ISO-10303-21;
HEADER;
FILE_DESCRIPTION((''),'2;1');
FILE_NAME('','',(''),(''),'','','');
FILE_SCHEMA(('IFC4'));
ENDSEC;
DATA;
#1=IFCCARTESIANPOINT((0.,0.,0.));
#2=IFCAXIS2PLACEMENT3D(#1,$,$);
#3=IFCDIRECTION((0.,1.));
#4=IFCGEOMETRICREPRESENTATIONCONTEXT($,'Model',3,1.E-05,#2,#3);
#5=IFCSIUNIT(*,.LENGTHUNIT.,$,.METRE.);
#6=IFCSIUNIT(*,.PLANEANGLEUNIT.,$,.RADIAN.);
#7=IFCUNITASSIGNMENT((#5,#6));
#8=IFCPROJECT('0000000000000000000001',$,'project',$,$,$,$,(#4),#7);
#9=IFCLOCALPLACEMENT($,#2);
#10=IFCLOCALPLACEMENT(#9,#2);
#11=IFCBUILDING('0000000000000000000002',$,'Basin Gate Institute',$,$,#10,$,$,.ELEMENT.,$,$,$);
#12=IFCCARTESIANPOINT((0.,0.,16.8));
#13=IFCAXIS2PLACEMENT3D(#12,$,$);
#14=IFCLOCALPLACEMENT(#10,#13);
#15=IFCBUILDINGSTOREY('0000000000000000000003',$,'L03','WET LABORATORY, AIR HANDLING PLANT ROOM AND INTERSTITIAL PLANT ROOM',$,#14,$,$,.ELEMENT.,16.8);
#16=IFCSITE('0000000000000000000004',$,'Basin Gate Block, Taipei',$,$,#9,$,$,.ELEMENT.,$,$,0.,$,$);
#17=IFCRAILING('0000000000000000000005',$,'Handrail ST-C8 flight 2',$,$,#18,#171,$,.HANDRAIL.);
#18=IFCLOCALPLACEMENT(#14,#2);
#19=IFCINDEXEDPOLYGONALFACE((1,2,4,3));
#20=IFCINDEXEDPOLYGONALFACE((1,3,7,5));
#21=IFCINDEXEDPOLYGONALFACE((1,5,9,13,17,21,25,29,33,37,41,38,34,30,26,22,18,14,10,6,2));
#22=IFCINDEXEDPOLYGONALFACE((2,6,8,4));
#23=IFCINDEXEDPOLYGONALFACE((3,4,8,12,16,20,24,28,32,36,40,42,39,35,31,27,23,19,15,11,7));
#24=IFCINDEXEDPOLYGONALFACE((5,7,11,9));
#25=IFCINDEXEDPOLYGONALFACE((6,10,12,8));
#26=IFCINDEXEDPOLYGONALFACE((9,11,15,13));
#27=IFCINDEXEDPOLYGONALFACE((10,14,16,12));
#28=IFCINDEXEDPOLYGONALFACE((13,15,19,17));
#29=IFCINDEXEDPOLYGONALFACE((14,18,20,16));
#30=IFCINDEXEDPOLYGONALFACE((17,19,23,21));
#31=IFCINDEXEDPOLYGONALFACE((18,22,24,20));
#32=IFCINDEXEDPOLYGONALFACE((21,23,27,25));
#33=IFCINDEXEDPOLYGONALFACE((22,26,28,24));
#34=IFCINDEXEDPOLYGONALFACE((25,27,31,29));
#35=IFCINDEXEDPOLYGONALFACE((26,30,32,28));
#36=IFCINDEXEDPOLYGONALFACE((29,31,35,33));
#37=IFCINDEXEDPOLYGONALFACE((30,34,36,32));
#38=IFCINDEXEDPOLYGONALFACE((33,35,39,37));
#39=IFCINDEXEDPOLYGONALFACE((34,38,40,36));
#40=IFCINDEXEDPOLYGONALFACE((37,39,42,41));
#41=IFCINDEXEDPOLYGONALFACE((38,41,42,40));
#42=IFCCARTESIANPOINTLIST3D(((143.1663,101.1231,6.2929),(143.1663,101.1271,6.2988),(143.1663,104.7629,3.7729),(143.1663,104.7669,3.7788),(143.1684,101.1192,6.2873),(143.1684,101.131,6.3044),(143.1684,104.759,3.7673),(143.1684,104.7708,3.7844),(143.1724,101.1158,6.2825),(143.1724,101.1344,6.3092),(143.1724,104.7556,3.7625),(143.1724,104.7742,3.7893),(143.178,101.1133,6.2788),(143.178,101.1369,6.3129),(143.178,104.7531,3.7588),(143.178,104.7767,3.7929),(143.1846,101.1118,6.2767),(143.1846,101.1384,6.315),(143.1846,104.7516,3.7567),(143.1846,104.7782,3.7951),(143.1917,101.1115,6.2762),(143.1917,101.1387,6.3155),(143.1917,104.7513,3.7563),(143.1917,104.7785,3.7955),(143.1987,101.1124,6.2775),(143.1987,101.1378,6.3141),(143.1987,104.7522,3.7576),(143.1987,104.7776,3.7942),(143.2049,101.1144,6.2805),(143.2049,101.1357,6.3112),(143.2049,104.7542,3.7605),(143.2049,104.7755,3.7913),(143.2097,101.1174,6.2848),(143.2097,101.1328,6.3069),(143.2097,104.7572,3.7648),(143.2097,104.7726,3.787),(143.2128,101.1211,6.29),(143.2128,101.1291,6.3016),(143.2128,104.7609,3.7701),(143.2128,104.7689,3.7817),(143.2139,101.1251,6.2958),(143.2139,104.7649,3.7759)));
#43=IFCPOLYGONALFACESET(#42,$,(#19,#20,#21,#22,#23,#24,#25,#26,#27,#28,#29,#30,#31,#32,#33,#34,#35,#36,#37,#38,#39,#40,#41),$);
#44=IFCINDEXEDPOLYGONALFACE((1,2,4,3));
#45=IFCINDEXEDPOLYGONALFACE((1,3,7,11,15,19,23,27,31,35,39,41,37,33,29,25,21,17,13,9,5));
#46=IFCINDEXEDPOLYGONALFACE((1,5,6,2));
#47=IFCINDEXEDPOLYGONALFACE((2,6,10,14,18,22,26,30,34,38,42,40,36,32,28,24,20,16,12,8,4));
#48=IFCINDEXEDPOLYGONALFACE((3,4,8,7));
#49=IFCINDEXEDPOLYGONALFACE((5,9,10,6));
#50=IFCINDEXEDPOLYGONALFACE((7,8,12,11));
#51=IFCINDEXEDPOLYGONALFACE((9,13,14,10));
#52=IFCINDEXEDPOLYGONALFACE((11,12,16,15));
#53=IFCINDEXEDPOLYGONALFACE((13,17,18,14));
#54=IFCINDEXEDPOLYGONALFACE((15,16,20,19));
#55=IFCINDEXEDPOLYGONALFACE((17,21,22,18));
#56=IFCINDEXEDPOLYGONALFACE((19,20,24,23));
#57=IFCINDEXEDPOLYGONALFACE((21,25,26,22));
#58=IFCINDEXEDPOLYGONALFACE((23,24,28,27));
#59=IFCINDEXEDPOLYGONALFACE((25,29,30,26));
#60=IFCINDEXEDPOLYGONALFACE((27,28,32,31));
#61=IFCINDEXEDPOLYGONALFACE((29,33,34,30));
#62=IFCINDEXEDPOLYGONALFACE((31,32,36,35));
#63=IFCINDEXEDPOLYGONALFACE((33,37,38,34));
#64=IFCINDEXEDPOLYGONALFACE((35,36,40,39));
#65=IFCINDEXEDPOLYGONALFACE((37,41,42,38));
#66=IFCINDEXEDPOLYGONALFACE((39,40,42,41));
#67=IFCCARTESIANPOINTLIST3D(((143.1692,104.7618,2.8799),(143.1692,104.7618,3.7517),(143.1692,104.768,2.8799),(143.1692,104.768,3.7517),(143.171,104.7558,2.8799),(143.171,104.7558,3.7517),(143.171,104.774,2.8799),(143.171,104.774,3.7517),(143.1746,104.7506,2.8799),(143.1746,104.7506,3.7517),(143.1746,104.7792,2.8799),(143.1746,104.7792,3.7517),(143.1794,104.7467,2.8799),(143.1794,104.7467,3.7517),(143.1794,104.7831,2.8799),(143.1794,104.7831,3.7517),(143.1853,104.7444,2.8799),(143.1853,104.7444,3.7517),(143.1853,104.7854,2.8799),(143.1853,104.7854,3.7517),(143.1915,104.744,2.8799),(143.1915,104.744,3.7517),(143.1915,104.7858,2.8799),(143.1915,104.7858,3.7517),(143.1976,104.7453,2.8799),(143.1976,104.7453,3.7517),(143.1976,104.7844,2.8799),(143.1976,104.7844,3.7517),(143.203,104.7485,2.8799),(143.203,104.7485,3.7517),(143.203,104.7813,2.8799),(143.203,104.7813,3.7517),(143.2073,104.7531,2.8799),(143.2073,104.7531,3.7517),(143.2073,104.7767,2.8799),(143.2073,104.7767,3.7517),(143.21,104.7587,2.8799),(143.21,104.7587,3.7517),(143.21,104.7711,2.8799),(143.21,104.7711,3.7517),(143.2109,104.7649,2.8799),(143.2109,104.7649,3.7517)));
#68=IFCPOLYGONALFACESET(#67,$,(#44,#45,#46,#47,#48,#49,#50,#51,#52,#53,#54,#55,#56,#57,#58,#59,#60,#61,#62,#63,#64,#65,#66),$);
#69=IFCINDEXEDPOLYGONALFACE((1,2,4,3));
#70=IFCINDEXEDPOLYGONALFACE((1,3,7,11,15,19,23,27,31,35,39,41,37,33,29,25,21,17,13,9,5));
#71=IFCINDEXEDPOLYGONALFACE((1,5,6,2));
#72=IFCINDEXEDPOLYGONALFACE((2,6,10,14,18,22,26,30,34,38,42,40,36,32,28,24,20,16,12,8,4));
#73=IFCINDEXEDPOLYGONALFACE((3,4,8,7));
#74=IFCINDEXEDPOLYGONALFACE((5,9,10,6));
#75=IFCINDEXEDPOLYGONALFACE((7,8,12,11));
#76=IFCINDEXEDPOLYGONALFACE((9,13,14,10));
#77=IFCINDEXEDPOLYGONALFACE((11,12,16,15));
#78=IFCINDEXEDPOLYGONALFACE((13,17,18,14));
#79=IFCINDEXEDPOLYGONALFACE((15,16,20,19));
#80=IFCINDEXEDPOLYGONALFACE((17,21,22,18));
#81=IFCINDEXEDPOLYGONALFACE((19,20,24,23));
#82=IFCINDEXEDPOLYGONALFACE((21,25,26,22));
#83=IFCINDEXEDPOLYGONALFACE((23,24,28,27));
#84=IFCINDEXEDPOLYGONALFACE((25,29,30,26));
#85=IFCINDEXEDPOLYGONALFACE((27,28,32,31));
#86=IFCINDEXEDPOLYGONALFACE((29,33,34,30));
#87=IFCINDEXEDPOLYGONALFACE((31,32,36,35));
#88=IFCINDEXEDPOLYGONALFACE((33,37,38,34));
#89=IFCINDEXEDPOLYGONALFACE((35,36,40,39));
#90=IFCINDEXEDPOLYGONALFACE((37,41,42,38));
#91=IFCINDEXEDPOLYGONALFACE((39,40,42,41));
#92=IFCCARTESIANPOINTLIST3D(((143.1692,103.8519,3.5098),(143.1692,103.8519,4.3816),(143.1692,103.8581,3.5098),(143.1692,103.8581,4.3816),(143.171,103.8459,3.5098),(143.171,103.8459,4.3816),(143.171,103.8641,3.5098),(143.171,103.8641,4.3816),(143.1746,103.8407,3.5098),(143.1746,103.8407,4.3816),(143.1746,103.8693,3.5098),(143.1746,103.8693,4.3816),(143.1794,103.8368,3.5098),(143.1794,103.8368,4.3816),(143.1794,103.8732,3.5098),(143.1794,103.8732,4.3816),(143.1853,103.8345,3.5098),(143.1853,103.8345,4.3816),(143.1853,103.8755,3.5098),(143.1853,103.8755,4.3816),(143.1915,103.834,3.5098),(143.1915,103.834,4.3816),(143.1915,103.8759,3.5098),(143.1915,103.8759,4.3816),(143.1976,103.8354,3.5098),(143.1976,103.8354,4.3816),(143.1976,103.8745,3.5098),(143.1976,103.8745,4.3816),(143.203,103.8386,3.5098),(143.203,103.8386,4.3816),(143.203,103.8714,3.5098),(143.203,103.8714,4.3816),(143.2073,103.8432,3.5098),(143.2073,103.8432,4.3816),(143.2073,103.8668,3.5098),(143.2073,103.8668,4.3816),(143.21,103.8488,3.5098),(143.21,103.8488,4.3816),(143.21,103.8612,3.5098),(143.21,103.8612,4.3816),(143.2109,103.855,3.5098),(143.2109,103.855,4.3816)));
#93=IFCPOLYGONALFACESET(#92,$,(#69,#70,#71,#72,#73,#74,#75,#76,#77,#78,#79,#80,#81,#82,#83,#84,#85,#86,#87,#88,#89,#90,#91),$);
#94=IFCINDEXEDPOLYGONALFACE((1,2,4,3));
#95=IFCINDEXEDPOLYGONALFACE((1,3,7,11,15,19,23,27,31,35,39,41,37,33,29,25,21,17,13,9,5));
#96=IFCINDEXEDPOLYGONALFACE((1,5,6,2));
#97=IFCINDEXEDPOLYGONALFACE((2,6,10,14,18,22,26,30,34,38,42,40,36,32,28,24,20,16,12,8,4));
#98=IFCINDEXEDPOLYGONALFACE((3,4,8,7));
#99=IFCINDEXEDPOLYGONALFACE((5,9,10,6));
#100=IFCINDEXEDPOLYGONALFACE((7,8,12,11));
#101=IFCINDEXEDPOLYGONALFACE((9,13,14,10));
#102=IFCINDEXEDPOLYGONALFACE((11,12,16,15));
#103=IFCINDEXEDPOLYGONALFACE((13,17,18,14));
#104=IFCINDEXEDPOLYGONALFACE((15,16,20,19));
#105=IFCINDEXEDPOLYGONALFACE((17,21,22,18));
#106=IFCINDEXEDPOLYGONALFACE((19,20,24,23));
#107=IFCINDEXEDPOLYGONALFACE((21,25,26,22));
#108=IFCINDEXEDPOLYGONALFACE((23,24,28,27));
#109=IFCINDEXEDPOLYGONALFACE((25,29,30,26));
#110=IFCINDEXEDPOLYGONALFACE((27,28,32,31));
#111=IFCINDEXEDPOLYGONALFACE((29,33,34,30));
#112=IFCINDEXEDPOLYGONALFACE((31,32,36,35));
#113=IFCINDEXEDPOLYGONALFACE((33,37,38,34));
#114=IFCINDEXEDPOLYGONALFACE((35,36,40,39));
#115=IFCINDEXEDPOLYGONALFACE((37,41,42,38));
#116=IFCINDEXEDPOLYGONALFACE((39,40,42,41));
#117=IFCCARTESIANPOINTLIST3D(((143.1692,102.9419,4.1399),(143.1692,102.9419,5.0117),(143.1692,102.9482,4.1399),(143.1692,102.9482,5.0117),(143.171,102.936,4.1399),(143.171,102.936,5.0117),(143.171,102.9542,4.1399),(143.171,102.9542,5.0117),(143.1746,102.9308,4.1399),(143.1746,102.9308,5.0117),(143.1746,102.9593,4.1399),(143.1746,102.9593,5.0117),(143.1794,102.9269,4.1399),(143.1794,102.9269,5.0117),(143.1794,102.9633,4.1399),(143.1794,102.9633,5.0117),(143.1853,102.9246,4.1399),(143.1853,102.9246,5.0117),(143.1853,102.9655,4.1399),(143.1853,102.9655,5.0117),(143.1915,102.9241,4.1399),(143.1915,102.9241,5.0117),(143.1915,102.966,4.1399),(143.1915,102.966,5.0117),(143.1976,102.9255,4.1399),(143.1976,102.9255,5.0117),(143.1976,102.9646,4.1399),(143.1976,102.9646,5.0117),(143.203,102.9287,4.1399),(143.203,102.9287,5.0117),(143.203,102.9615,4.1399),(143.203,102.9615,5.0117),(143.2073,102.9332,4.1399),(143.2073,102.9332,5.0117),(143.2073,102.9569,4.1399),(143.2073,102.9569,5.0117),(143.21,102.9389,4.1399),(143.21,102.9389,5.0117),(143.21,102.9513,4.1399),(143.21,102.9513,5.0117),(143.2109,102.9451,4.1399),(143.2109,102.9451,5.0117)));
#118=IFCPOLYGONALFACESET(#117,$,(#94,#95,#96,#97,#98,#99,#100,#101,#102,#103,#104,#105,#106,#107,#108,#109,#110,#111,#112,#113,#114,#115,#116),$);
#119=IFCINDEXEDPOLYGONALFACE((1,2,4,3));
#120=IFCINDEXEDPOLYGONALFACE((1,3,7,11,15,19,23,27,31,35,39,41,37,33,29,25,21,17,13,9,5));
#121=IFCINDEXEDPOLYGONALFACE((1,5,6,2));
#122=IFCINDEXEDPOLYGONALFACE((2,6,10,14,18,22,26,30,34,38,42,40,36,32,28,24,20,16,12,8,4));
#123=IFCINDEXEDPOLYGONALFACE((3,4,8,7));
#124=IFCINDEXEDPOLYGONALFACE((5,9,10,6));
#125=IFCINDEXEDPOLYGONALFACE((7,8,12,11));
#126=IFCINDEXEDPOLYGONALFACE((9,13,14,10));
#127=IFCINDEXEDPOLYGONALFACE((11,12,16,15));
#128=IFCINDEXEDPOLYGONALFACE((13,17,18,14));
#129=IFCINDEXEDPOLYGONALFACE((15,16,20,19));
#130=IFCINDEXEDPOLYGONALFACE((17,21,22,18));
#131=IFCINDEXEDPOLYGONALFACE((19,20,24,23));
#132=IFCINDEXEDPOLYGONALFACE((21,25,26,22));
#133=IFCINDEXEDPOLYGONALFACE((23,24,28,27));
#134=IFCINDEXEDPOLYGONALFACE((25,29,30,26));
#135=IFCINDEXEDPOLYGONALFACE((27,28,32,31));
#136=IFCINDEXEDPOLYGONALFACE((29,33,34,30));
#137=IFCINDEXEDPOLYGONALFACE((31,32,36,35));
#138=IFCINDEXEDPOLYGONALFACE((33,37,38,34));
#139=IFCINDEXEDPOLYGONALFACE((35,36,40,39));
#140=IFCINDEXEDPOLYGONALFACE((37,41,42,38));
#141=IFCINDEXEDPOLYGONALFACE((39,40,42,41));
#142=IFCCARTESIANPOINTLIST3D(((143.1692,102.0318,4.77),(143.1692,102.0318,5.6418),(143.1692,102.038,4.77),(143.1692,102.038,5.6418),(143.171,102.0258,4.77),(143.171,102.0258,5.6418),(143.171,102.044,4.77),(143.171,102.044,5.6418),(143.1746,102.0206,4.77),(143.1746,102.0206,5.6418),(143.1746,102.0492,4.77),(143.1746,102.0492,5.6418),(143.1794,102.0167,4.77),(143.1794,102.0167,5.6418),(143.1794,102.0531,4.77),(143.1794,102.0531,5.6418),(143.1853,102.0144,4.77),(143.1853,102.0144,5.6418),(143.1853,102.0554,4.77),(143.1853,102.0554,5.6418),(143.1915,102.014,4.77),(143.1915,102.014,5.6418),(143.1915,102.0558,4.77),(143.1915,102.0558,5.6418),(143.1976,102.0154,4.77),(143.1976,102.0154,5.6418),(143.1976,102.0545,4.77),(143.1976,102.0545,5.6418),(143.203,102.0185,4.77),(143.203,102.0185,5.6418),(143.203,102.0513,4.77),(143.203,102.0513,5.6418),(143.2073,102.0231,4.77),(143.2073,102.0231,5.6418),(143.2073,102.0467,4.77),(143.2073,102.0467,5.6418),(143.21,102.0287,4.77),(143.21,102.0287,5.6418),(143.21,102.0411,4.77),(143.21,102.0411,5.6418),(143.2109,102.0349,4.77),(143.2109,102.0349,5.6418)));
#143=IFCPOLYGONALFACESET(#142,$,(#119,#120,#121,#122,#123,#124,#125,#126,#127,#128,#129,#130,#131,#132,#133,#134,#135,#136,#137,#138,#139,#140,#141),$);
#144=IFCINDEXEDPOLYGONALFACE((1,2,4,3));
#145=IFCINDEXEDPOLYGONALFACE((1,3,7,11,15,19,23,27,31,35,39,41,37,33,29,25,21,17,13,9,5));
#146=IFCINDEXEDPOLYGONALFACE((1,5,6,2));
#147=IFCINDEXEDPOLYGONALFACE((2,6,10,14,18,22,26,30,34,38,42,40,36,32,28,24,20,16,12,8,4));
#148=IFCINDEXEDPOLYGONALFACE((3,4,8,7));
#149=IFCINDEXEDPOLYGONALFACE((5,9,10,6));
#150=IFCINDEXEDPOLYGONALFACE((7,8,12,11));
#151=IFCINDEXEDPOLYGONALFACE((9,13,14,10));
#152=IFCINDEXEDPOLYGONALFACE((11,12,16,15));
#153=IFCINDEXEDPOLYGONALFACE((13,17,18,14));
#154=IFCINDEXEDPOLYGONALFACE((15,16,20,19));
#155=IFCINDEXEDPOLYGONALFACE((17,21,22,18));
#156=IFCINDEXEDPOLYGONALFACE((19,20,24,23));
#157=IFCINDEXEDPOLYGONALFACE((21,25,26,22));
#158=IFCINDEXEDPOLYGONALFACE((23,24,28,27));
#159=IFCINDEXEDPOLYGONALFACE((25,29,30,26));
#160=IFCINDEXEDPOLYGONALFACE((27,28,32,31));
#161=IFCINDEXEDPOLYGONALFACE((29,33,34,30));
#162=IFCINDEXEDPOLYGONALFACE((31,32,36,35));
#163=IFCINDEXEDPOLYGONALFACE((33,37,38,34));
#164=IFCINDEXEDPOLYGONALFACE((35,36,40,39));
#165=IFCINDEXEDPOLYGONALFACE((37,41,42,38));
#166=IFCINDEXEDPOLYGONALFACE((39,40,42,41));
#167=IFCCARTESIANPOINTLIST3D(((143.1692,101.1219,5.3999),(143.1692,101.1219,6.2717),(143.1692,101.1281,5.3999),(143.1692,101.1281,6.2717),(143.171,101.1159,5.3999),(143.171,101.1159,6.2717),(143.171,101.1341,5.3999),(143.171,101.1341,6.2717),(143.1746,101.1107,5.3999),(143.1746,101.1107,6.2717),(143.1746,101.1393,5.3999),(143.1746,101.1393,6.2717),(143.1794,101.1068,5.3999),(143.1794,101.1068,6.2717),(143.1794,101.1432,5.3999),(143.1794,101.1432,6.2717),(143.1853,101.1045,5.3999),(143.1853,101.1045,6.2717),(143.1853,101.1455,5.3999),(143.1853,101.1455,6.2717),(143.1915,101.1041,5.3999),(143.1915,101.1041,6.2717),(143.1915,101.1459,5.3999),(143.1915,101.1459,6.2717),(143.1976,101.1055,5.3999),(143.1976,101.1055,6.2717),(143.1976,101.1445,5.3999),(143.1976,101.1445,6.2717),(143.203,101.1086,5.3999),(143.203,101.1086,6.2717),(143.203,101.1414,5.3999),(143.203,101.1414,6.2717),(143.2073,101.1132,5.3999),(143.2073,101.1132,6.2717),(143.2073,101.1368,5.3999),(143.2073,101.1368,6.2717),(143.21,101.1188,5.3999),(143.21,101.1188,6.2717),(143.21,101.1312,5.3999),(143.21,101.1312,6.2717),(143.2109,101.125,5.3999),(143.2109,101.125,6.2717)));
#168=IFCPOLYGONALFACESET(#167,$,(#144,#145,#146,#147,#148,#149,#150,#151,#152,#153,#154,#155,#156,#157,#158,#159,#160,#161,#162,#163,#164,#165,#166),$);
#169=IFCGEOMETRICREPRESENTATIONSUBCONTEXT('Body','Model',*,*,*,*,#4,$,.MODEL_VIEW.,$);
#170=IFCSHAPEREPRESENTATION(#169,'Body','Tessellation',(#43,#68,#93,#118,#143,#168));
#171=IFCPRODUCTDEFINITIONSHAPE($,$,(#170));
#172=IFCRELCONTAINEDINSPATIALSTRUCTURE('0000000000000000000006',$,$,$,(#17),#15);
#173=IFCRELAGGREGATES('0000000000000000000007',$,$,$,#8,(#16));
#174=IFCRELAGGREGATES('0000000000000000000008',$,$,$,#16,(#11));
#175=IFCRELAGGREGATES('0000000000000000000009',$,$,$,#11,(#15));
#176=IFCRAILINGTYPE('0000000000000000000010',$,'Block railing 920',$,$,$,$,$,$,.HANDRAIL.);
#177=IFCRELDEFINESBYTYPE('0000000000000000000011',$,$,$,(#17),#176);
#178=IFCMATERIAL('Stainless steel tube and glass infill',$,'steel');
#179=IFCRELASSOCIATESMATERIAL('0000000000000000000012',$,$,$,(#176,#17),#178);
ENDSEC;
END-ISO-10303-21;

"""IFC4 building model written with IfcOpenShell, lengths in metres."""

from ifc_helpers import new_model, si_unit, direction, frame, origin, origin_2d, place, context, subcontext, project, spatial, circle, extrude, material, type_object, element, save


model = new_model("IFC4")

# Units and contexts
model_context = context("Model", 3, precision=1e-05, world=origin(), true_north=direction((0.0, 1.0)))
body_context = subcontext(model_context, "Body", "Model", "MODEL_VIEW")
ifc_project = project(units=[si_unit("LENGTHUNIT", "METRE"), si_unit("PLANEANGLEUNIT", "RADIAN")], contexts=[model_context])

# Site, building, storey
site_placement = place(None, origin())
site = spatial("IfcSite", under=ifc_project, at=site_placement, Name="Basin Gate Block, Taipei", CompositionType="ELEMENT", RefElevation=0.0)
building_placement = place(site_placement, origin())
building = spatial("IfcBuilding", under=site, at=building_placement, Name="Basin Gate Institute", CompositionType="ELEMENT")
storey_placement = place(building_placement, frame((0.0, 0.0, 16.8)))
storey = spatial("IfcBuildingStorey", under=building, at=storey_placement, Name="L03", Description="WET LABORATORY, AIR HANDLING PLANT ROOM AND INTERSTITIAL PLANT ROOM", CompositionType="ELEMENT", Elevation=16.8)

# Railing
ifc_material_1 = material(Name="Stainless steel tube and glass infill", Category="steel")
railing_type_1 = type_object("IfcRailingType", Name="Block railing 920", PredefinedType="HANDRAIL", material=ifc_material_1)
for number, where, name in (
    (1, (143.1899, 104.7649, 2.8799), "Handrail ST-C8 flight 2"),
):
    element("IfcRailing", number, at=place(storey_placement, frame(where)), inside=storey, type_object=railing_type_1, material=ifc_material_1, Name=name, PredefinedType="HANDRAIL", context=body_context, shape_type="SweptSolid", body=[
        extrude(circle(Radius=0.0239, at=origin_2d()), frame((0.0, 0.0, 0.896), z_axis=(0.0, -0.822182, 0.569224), x_axis=(1.0, 0.0, 0.0)), (0.0, 0.0, 1.0), 4.427),
        extrude(circle(Radius=0.021, at=origin_2d()), origin(), (0.0, 0.0, 1.0), 0.8718),
        extrude(circle(Radius=0.021, at=origin_2d()), frame((0.0, -0.9099, 0.6299)), (0.0, 0.0, 1.0), 0.8718),
        extrude(circle(Radius=0.021, at=origin_2d()), frame((0.0, -1.8198, 1.26)), (0.0, 0.0, 1.0), 0.8718),
        extrude(circle(Radius=0.021, at=origin_2d()), frame((0.0, -2.73, 1.8901)), (0.0, 0.0, 1.0), 0.8718),
        extrude(circle(Radius=0.021, at=origin_2d()), frame((0.0, -3.6399, 2.52)), (0.0, 0.0, 1.0), 0.8718),
    ])

save(model, "model.ifc")
